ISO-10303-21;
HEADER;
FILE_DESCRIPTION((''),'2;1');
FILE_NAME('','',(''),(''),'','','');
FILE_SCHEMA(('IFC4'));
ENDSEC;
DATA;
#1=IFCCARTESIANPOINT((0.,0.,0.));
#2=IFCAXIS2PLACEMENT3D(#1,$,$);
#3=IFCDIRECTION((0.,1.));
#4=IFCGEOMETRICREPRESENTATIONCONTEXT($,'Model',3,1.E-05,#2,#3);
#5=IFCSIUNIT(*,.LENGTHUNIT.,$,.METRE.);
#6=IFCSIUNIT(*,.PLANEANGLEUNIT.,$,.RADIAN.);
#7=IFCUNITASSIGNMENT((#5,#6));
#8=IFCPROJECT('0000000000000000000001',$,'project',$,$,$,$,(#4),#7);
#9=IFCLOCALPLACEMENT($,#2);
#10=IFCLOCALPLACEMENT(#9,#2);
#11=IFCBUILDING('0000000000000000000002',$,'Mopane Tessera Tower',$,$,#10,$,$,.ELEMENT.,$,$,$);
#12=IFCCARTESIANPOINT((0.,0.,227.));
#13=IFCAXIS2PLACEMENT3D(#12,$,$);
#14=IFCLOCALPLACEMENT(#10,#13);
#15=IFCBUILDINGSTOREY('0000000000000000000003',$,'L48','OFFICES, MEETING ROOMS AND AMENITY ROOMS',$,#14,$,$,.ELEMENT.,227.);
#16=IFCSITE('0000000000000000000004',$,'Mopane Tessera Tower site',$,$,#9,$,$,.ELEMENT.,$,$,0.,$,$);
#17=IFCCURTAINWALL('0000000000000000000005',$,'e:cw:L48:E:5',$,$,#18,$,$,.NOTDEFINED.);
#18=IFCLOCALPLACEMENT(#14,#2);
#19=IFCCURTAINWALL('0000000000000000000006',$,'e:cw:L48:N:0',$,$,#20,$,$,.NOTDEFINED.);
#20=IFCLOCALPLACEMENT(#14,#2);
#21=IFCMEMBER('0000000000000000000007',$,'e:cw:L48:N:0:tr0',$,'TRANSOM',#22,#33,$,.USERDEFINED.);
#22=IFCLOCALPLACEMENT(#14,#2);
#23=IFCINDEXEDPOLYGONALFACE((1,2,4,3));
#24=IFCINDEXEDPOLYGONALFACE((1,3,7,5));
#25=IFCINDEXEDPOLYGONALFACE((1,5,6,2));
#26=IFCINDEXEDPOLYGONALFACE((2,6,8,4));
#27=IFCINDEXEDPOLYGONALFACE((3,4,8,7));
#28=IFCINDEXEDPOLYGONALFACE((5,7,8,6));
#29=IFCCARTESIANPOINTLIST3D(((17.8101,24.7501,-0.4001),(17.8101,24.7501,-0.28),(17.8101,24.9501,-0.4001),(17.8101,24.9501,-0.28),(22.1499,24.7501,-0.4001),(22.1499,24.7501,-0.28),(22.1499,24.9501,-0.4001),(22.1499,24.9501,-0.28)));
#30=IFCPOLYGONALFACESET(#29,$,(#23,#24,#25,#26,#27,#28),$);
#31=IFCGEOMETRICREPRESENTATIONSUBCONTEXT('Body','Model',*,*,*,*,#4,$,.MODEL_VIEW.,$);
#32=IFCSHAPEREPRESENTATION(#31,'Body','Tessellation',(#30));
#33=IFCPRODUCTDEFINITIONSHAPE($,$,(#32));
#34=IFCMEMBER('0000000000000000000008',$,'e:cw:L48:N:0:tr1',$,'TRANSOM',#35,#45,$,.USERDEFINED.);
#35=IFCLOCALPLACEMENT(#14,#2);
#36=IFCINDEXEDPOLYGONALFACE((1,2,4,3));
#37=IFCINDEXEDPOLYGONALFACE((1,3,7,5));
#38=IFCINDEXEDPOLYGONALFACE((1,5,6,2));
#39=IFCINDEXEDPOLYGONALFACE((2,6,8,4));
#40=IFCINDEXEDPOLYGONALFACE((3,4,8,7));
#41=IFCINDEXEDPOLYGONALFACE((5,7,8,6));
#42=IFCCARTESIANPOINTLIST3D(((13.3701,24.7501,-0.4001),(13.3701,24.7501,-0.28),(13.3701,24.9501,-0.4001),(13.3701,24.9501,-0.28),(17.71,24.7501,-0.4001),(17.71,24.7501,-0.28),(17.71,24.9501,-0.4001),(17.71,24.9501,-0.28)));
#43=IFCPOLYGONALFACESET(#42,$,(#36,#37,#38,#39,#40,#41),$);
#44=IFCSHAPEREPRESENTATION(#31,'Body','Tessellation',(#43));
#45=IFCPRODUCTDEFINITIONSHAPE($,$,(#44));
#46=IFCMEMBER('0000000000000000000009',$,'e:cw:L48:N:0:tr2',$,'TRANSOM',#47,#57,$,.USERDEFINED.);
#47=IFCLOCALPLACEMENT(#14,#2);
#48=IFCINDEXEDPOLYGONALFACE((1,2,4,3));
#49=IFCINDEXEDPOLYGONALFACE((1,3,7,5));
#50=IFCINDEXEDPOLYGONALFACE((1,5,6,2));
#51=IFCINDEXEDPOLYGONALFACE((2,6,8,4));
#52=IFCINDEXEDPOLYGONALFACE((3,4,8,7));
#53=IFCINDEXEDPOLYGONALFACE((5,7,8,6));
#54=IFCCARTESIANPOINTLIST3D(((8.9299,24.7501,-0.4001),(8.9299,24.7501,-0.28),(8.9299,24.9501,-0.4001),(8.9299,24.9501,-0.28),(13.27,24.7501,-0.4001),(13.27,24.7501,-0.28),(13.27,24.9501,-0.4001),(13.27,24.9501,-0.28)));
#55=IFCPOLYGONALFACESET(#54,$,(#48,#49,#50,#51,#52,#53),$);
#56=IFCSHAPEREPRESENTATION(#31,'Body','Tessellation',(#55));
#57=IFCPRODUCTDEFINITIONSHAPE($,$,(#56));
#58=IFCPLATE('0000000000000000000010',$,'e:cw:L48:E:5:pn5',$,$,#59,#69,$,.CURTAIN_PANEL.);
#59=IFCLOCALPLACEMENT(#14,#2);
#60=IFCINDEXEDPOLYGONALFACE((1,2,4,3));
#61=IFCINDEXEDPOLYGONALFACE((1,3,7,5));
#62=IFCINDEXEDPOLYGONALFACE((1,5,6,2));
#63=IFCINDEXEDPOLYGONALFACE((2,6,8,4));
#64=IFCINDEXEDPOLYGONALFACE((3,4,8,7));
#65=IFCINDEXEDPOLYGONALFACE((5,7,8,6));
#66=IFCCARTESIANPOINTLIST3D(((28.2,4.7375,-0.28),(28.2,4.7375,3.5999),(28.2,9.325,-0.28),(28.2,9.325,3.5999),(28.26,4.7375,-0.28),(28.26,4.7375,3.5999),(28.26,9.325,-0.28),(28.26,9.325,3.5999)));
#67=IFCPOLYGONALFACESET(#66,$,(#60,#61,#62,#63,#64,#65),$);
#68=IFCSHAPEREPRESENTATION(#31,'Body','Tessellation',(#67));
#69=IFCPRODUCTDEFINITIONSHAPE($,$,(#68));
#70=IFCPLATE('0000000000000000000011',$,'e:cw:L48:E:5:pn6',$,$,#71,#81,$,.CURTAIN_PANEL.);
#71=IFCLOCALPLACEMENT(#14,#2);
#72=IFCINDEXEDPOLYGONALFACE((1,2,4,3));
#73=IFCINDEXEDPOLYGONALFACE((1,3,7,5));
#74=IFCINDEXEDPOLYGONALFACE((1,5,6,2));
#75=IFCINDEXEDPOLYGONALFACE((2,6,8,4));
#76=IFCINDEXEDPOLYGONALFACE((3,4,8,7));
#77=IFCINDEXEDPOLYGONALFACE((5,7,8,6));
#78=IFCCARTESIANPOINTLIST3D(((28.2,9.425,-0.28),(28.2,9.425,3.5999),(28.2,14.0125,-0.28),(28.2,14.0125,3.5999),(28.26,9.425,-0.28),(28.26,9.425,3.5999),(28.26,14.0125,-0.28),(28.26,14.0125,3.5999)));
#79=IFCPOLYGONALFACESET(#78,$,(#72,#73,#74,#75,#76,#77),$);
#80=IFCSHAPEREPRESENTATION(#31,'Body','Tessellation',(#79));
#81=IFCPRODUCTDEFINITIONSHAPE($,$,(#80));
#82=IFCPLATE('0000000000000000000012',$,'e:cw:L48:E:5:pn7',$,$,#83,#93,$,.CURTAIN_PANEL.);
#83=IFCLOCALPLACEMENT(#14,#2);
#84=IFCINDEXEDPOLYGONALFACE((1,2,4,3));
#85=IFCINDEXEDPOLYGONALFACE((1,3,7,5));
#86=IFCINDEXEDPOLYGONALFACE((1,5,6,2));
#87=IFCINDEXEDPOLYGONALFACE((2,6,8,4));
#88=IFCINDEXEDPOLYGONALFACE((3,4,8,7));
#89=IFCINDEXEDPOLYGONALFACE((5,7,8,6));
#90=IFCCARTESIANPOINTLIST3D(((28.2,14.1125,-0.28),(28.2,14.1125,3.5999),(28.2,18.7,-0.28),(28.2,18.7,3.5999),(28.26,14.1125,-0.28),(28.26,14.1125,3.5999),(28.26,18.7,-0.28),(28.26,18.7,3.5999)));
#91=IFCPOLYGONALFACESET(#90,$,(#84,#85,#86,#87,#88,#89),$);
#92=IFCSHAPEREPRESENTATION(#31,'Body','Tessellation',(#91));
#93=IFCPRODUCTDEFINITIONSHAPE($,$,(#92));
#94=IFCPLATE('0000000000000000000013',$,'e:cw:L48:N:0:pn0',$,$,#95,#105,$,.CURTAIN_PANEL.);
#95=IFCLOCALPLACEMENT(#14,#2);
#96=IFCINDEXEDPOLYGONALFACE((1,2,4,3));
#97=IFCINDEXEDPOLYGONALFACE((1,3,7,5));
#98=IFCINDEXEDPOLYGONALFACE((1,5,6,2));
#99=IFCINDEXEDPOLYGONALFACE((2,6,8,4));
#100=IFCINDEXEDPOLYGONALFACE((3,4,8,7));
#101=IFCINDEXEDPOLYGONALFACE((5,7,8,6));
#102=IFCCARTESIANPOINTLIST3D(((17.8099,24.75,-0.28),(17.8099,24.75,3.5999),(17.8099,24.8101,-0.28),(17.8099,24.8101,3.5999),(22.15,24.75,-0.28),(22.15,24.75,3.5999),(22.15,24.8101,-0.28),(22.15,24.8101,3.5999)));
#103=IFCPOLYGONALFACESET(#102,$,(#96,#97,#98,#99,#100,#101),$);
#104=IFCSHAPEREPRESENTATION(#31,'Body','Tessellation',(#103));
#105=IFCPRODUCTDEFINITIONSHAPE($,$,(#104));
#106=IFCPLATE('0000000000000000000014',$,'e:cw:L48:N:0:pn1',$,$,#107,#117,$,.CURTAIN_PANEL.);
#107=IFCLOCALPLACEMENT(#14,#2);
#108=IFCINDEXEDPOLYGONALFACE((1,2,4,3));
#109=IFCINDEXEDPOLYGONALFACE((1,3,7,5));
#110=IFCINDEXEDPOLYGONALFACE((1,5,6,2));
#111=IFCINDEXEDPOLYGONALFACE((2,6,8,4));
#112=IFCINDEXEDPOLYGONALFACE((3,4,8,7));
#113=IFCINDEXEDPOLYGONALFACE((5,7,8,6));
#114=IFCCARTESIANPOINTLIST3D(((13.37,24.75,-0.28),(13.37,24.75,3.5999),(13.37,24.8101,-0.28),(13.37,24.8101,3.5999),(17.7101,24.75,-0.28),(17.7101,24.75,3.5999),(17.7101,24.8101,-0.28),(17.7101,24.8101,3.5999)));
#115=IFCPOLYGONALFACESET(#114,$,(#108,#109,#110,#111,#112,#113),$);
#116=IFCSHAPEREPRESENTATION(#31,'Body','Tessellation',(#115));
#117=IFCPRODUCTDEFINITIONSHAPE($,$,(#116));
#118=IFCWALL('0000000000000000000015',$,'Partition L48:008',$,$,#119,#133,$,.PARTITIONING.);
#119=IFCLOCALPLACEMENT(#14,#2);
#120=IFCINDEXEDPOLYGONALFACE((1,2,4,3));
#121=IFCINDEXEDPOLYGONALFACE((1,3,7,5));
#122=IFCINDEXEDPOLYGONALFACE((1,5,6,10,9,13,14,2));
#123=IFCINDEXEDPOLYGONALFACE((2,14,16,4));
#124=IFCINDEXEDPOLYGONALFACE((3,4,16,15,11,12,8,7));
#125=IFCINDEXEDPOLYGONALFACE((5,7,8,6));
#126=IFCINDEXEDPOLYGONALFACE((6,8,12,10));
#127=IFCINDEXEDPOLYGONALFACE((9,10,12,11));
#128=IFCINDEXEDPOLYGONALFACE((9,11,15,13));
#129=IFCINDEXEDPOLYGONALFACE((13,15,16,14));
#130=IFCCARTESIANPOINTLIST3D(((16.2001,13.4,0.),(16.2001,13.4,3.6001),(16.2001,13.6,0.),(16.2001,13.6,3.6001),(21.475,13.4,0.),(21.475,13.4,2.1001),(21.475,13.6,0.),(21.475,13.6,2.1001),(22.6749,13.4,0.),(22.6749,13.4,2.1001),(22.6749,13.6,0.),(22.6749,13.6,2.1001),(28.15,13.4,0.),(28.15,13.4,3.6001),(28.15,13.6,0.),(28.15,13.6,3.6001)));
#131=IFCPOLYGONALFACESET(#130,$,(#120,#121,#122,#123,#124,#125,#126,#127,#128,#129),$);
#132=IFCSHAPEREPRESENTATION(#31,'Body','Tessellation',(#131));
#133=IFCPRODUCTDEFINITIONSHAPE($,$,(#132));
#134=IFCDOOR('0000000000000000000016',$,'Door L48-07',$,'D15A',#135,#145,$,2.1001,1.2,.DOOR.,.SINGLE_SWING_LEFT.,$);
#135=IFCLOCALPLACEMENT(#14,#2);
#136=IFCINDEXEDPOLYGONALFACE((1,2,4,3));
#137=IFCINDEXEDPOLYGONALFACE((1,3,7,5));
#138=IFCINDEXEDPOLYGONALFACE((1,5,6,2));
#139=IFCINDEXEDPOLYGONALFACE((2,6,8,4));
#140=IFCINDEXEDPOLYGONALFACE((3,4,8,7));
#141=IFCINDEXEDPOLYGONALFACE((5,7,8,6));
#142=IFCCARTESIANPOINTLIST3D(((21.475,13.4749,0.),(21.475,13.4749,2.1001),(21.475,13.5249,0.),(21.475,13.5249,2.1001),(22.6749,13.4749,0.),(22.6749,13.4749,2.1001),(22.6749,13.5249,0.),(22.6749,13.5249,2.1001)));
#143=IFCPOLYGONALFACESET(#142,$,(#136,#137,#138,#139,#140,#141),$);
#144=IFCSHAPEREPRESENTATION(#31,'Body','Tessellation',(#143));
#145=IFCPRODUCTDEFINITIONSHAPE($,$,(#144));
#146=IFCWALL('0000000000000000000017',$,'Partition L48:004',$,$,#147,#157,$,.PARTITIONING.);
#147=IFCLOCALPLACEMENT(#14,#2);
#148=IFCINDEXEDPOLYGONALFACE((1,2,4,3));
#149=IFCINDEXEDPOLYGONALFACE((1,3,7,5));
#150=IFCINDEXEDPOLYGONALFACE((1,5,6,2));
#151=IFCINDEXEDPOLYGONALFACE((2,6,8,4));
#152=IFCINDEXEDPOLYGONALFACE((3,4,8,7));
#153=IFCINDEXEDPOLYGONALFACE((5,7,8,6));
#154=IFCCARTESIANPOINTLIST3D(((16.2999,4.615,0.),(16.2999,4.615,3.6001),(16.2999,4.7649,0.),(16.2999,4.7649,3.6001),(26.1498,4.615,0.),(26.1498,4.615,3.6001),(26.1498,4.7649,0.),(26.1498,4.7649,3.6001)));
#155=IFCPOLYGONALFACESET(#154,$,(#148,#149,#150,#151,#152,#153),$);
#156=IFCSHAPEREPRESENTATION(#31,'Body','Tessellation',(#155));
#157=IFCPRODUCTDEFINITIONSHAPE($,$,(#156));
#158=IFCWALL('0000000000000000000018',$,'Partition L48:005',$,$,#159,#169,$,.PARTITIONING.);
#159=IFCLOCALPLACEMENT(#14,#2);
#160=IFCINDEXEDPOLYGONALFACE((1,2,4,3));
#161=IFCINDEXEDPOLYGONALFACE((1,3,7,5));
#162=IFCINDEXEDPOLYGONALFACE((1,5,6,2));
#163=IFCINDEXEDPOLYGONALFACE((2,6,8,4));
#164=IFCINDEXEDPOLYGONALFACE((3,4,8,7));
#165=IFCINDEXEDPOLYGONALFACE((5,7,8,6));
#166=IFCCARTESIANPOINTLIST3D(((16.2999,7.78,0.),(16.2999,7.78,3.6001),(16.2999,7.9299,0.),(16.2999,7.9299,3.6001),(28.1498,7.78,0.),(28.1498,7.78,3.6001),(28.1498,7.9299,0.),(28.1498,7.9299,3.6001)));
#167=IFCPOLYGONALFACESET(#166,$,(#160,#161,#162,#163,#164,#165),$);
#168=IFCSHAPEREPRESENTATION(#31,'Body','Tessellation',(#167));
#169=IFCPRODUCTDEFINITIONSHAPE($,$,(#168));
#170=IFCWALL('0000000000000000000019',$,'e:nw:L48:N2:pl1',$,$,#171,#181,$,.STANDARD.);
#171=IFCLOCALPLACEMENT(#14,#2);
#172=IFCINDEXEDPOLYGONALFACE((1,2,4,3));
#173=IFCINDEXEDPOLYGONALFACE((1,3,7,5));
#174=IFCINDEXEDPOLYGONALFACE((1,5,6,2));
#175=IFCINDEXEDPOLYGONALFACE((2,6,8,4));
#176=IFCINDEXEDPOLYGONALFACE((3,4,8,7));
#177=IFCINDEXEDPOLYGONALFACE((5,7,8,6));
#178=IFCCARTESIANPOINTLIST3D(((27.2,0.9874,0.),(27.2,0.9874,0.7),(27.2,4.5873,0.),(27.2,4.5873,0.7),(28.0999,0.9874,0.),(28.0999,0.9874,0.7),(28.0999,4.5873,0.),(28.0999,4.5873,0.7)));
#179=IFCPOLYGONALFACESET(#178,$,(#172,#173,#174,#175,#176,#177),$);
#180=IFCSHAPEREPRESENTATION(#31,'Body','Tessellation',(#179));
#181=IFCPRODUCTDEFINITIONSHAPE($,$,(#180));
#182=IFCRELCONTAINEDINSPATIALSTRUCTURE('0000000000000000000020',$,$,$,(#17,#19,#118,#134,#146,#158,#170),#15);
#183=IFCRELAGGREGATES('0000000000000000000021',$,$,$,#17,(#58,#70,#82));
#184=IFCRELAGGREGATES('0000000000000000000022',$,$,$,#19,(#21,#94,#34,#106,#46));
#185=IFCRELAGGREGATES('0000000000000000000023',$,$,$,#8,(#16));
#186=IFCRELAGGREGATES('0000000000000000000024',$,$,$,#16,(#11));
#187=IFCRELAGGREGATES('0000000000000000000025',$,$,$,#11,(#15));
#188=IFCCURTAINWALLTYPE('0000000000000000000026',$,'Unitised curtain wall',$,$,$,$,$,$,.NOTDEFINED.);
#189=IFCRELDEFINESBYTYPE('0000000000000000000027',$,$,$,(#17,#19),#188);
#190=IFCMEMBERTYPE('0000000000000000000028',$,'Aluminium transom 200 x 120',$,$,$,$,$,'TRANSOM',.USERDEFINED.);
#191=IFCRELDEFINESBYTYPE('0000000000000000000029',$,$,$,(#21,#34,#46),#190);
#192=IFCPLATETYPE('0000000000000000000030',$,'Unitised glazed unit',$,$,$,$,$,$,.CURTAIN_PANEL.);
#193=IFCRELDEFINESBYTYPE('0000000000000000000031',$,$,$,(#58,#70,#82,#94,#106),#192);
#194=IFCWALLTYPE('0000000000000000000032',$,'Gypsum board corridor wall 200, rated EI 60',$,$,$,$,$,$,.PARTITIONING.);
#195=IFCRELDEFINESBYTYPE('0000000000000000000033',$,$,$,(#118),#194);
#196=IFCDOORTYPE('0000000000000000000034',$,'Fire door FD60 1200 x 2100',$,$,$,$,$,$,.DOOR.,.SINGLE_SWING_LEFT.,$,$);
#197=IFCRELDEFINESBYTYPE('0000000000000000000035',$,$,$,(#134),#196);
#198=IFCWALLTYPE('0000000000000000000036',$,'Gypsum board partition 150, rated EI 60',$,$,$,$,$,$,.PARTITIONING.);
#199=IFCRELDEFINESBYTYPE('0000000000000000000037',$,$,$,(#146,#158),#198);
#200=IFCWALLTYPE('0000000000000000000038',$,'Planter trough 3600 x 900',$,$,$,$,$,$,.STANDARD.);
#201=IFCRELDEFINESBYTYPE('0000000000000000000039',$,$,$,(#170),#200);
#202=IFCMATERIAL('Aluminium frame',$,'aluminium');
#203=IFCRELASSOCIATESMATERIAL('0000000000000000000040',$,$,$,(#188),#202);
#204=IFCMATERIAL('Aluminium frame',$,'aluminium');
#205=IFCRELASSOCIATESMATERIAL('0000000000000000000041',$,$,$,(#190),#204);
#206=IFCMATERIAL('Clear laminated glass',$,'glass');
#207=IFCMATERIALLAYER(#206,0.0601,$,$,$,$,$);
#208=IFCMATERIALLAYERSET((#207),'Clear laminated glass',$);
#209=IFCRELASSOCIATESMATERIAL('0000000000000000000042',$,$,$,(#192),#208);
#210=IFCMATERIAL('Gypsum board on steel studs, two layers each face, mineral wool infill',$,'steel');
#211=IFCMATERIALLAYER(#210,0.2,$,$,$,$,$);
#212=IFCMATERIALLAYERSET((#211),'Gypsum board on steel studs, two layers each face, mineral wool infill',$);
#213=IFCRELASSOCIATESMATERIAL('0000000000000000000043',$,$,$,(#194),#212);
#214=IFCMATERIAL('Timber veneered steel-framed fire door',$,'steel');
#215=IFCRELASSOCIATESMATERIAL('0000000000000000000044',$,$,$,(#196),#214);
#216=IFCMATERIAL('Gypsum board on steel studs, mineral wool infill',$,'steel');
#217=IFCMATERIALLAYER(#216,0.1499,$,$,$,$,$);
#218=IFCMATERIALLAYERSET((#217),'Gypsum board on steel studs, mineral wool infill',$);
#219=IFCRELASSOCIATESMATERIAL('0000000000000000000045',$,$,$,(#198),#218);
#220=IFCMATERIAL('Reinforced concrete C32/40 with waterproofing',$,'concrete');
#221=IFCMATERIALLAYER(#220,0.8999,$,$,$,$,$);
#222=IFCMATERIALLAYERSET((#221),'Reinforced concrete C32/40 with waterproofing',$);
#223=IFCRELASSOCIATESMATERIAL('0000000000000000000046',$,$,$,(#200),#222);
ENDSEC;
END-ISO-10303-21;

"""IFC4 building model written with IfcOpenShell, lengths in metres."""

from ifc_helpers import new_model, si_unit, direction, frame, frame_2d, origin, origin_2d, place, context, subcontext, project, spatial, rectangle, extrude, material, layer, layer_set, material_profile, profile_set, type_object, element, fill, aggregate, save


model = new_model("IFC4")

# Units and contexts
model_context = context("Model", 3, precision=1e-05, world=origin(), true_north=direction((0.0, 1.0)))
body_context = subcontext(model_context, "Body", "Model", "MODEL_VIEW")
ifc_project = project(units=[si_unit("LENGTHUNIT", "METRE"), si_unit("PLANEANGLEUNIT", "RADIAN")], contexts=[model_context])

# Site, building, storey
site_placement = place(None, origin())
site = spatial("IfcSite", under=ifc_project, at=site_placement, Name="Mopane Tessera Tower site", CompositionType="ELEMENT", RefElevation=0.0)
building_placement = place(site_placement, origin())
building = spatial("IfcBuilding", under=site, at=building_placement, Name="Mopane Tessera Tower", CompositionType="ELEMENT")
storey_placement = place(building_placement, frame((0.0, 0.0, 227.0)))
storey = spatial("IfcBuildingStorey", under=building, at=storey_placement, Name="L48", Description="OFFICES, MEETING ROOMS AND AMENITY ROOMS", CompositionType="ELEMENT", Elevation=227.0)

# Curtain walls
ifc_material_1 = material(Name="Aluminium frame", Category="aluminium")
curtain_wall_type = type_object("IfcCurtainWallType", Name="Unitised curtain wall", PredefinedType="NOTDEFINED", material=ifc_material_1)
curtain_wall_1_placement = place(storey_placement, origin())
curtain_wall_1 = element("IfcCurtainWall", 1, at=curtain_wall_1_placement, inside=storey, type_object=curtain_wall_type, Name="e:cw:L48:E:5", PredefinedType="NOTDEFINED")
curtain_wall_2_placement = place(storey_placement, origin())
curtain_wall_2 = element("IfcCurtainWall", 2, at=curtain_wall_2_placement, inside=storey, type_object=curtain_wall_type, Name="e:cw:L48:N:0", PredefinedType="NOTDEFINED")

# Members
ifc_material_2 = material(Name="Aluminium frame", Category="aluminium")
ifc_material_profile_1 = material_profile(ifc_material_2, rectangle(XDim=0.2, YDim=0.1201, at=origin_2d()))
ifc_profile_set_1 = profile_set([ifc_material_profile_1], Name="Aluminium frame")
member_type_1 = type_object("IfcMemberType", Name="Aluminium transom 200 x 120", ElementType="TRANSOM", PredefinedType="USERDEFINED", material=ifc_profile_set_1)
member_1_placement = place(storey_placement, frame((22.1499, 24.8501, -0.3401), z_axis=(-1.0, 0.0, 0.0), x_axis=(0.0, -1.0, 0.0)))
member_1 = element("IfcMember", 3, at=member_1_placement, type_object=member_type_1, Name="e:cw:L48:N:0:tr0", ObjectType="TRANSOM", PredefinedType="USERDEFINED", context=body_context, shape_type="SweptSolid", body=[
    extrude(rectangle(XDim=0.2, YDim=0.1201, at=origin_2d()), origin(), (0.0, 0.0, 1.0), 4.3398),
])
member_2_placement = place(storey_placement, frame((17.71, 24.8501, -0.3401), z_axis=(-1.0, 0.0, 0.0), x_axis=(0.0, -1.0, 0.0)))
member_2 = element("IfcMember", 4, at=member_2_placement, type_object=member_type_1, Name="e:cw:L48:N:0:tr1", ObjectType="TRANSOM", PredefinedType="USERDEFINED", context=body_context, shape_type="SweptSolid", body=[
    extrude(rectangle(XDim=0.2, YDim=0.1201, at=origin_2d()), origin(), (0.0, 0.0, 1.0), 4.3398),
])
member_3_placement = place(storey_placement, frame((13.27, 24.8501, -0.3401), z_axis=(-1.0, 0.0, 0.0), x_axis=(0.0, -1.0, 0.0)))
member_3 = element("IfcMember", 5, at=member_3_placement, type_object=member_type_1, Name="e:cw:L48:N:0:tr2", ObjectType="TRANSOM", PredefinedType="USERDEFINED", context=body_context, shape_type="SweptSolid", body=[
    extrude(rectangle(XDim=0.2, YDim=0.1201, at=origin_2d()), origin(), (0.0, 0.0, 1.0), 4.3401),
])

# Plates
ifc_material_3 = material(Name="Clear laminated glass", Category="glass")
ifc_layer_1 = layer(ifc_material_3, 0.0601)
ifc_layer_set_1 = layer_set([ifc_layer_1], Name="Clear laminated glass")
plate_type = type_object("IfcPlateType", Name="Unitised glazed unit", PredefinedType="CURTAIN_PANEL", material=ifc_layer_set_1)
plate_1_placement = place(storey_placement, frame((28.23, 7.0312, -0.28), z_axis=(0.0, 0.0, 1.0), x_axis=(0.0, 1.0, 0.0)))
plate_1 = element("IfcPlate", 6, at=plate_1_placement, type_object=plate_type, Name="e:cw:L48:E:5:pn5", PredefinedType="CURTAIN_PANEL", context=body_context, shape_type="SweptSolid", body=[
    extrude(rectangle(XDim=4.5874, YDim=0.0601, at=origin_2d()), origin(), (0.0, 0.0, 1.0), 3.8799),
])
plate_2_placement = place(storey_placement, frame((28.23, 11.7188, -0.28), z_axis=(0.0, 0.0, 1.0), x_axis=(0.0, 1.0, 0.0)))
plate_2 = element("IfcPlate", 7, at=plate_2_placement, type_object=plate_type, Name="e:cw:L48:E:5:pn6", PredefinedType="CURTAIN_PANEL", context=body_context, shape_type="SweptSolid", body=[
    extrude(rectangle(XDim=4.5874, YDim=0.0601, at=origin_2d()), origin(), (0.0, 0.0, 1.0), 3.8799),
])
plate_3_placement = place(storey_placement, frame((28.23, 16.4062, -0.28), z_axis=(0.0, 0.0, 1.0), x_axis=(0.0, 1.0, 0.0)))
plate_3 = element("IfcPlate", 8, at=plate_3_placement, type_object=plate_type, Name="e:cw:L48:E:5:pn7", PredefinedType="CURTAIN_PANEL", context=body_context, shape_type="SweptSolid", body=[
    extrude(rectangle(XDim=4.5874, YDim=0.0601, at=origin_2d()), origin(), (0.0, 0.0, 1.0), 3.8799),
])
aggregate(curtain_wall_1, [plate_1, plate_2, plate_3])
plate_4_placement = place(storey_placement, frame((19.98, 24.78, -0.28), z_axis=(0.0, 0.0, 1.0), x_axis=(-1.0, 0.0, 0.0)))
plate_4 = element("IfcPlate", 9, at=plate_4_placement, type_object=plate_type, Name="e:cw:L48:N:0:pn0", PredefinedType="CURTAIN_PANEL", context=body_context, shape_type="SweptSolid", body=[
    extrude(rectangle(XDim=4.3401, YDim=0.0601, at=origin_2d()), origin(), (0.0, 0.0, 1.0), 3.8799),
])
plate_5_placement = place(storey_placement, frame((15.54, 24.78, -0.28), z_axis=(0.0, 0.0, 1.0), x_axis=(-1.0, 0.0, 0.0)))
plate_5 = element("IfcPlate", 10, at=plate_5_placement, type_object=plate_type, Name="e:cw:L48:N:0:pn1", PredefinedType="CURTAIN_PANEL", context=body_context, shape_type="SweptSolid", body=[
    extrude(rectangle(XDim=4.3401, YDim=0.0601, at=origin_2d()), origin(), (0.0, 0.0, 1.0), 3.8799),
])
aggregate(curtain_wall_2, [member_1, plate_4, member_2, plate_5, member_3])

# Wall, opening, door
ifc_material_4 = material(Name="Gypsum board on steel studs, two layers each face, mineral wool infill", Category="steel")
ifc_layer_2 = layer(ifc_material_4, 0.2)
ifc_layer_set_2 = layer_set([ifc_layer_2], Name="Gypsum board on steel studs, two layers each face, mineral wool infill")
wall_type_1 = type_object("IfcWallType", Name="Gypsum board corridor wall 200, rated EI 60", PredefinedType="PARTITIONING", material=ifc_layer_set_2)
wall_1_placement = place(storey_placement, frame((16.2, 13.5, 0.0), z_axis=(0.0, 0.0, 1.0), x_axis=(1.0, 0.0, 0.0)))
wall_1 = element("IfcWall", 11, at=wall_1_placement, inside=storey, type_object=wall_type_1, Name="Partition L48:008", PredefinedType="PARTITIONING", context=body_context, shape_type="SweptSolid", body=[
    extrude(rectangle(XDim=11.95, YDim=0.2, at=frame_2d((5.9751, 0.0))), origin(), (0.0, 0.0, 1.0), 3.6001),
])
opening_placement = place(wall_1_placement, frame((5.2749, 0.0, 0.0)))
opening = element("IfcOpeningElement", 12, at=opening_placement, cuts=wall_1, PredefinedType="OPENING", context=body_context, shape_type="SweptSolid", body=[
    extrude(rectangle(XDim=1.2, YDim=2.1001, at=frame_2d((0.6001, 1.05))), frame((0.0, 0.1121, 0.0), z_axis=(0.0, -1.0, 0.0), x_axis=(1.0, 0.0, 0.0)), (0.0, 0.0, 1.0), 0.2239),
])
ifc_material_5 = material(Name="Timber veneered steel-framed fire door", Category="steel")
door_type = type_object("IfcDoorType", Name="Fire door FD60 1200 x 2100", OperationType="SINGLE_SWING_LEFT", PredefinedType="DOOR", material=ifc_material_5)
door_placement = place(opening_placement, origin())
door = element("IfcDoor", 13, at=door_placement, inside=storey, type_object=door_type, Name="Door L48-07", ObjectType="D15A", OperationType="SINGLE_SWING_LEFT", OverallHeight=2.1001, OverallWidth=1.2, PredefinedType="DOOR", context=body_context, shape_type="SweptSolid", body=[
    extrude(rectangle(XDim=1.2, YDim=2.1001, at=frame_2d((0.6001, 1.05))), frame((0.0, 0.0249, 0.0), z_axis=(0.0, -1.0, 0.0), x_axis=(1.0, 0.0, 0.0)), (0.0, 0.0, 1.0), 0.05),
])
fill(opening, door)

# Walls
ifc_material_6 = material(Name="Gypsum board on steel studs, mineral wool infill", Category="steel")
ifc_layer_3 = layer(ifc_material_6, 0.1499)
ifc_layer_set_3 = layer_set([ifc_layer_3], Name="Gypsum board on steel studs, mineral wool infill")
wall_type_2 = type_object("IfcWallType", Name="Gypsum board partition 150, rated EI 60", PredefinedType="PARTITIONING", material=ifc_layer_set_3)
wall_2_placement = place(storey_placement, frame((16.3, 4.6899, 0.0), z_axis=(0.0, 0.0, 1.0), x_axis=(1.0, 0.0, 0.0)))
element("IfcWall", 14, at=wall_2_placement, inside=storey, type_object=wall_type_2, Name="Partition L48:004", PredefinedType="PARTITIONING", context=body_context, shape_type="SweptSolid", body=[
    extrude(rectangle(XDim=9.8499, YDim=0.1499, at=frame_2d((4.9248, 0.0))), origin(), (0.0, 0.0, 1.0), 3.6001),
])
wall_3_placement = place(storey_placement, frame((16.3, 7.855, 0.0), z_axis=(0.0, 0.0, 1.0), x_axis=(1.0, 0.0, 0.0)))
element("IfcWall", 15, at=wall_3_placement, inside=storey, type_object=wall_type_2, Name="Partition L48:005", PredefinedType="PARTITIONING", context=body_context, shape_type="SweptSolid", body=[
    extrude(rectangle(XDim=11.8499, YDim=0.1499, at=frame_2d((5.9248, 0.0))), origin(), (0.0, 0.0, 1.0), 3.6001),
])
ifc_material_7 = material(Name="Reinforced concrete C32/40 with waterproofing", Category="concrete")
ifc_layer_4 = layer(ifc_material_7, 0.8999)
ifc_layer_set_4 = layer_set([ifc_layer_4], Name="Reinforced concrete C32/40 with waterproofing")
wall_type_3 = type_object("IfcWallType", Name="Planter trough 3600 x 900", PredefinedType="STANDARD", material=ifc_layer_set_4)
wall_4_placement = place(storey_placement, frame((27.6499, 0.9875, 0.0), z_axis=(0.0, 0.0, 1.0), x_axis=(0.0, 1.0, 0.0)))
element("IfcWall", 16, at=wall_4_placement, inside=storey, type_object=wall_type_3, Name="e:nw:L48:N2:pl1", PredefinedType="STANDARD", context=body_context, shape_type="SweptSolid", body=[
    extrude(rectangle(XDim=3.5999, YDim=0.8999, at=frame_2d((1.7998, 0.0))), origin(), (0.0, 0.0, 1.0), 0.7),
])

save(model, "model.ifc")
